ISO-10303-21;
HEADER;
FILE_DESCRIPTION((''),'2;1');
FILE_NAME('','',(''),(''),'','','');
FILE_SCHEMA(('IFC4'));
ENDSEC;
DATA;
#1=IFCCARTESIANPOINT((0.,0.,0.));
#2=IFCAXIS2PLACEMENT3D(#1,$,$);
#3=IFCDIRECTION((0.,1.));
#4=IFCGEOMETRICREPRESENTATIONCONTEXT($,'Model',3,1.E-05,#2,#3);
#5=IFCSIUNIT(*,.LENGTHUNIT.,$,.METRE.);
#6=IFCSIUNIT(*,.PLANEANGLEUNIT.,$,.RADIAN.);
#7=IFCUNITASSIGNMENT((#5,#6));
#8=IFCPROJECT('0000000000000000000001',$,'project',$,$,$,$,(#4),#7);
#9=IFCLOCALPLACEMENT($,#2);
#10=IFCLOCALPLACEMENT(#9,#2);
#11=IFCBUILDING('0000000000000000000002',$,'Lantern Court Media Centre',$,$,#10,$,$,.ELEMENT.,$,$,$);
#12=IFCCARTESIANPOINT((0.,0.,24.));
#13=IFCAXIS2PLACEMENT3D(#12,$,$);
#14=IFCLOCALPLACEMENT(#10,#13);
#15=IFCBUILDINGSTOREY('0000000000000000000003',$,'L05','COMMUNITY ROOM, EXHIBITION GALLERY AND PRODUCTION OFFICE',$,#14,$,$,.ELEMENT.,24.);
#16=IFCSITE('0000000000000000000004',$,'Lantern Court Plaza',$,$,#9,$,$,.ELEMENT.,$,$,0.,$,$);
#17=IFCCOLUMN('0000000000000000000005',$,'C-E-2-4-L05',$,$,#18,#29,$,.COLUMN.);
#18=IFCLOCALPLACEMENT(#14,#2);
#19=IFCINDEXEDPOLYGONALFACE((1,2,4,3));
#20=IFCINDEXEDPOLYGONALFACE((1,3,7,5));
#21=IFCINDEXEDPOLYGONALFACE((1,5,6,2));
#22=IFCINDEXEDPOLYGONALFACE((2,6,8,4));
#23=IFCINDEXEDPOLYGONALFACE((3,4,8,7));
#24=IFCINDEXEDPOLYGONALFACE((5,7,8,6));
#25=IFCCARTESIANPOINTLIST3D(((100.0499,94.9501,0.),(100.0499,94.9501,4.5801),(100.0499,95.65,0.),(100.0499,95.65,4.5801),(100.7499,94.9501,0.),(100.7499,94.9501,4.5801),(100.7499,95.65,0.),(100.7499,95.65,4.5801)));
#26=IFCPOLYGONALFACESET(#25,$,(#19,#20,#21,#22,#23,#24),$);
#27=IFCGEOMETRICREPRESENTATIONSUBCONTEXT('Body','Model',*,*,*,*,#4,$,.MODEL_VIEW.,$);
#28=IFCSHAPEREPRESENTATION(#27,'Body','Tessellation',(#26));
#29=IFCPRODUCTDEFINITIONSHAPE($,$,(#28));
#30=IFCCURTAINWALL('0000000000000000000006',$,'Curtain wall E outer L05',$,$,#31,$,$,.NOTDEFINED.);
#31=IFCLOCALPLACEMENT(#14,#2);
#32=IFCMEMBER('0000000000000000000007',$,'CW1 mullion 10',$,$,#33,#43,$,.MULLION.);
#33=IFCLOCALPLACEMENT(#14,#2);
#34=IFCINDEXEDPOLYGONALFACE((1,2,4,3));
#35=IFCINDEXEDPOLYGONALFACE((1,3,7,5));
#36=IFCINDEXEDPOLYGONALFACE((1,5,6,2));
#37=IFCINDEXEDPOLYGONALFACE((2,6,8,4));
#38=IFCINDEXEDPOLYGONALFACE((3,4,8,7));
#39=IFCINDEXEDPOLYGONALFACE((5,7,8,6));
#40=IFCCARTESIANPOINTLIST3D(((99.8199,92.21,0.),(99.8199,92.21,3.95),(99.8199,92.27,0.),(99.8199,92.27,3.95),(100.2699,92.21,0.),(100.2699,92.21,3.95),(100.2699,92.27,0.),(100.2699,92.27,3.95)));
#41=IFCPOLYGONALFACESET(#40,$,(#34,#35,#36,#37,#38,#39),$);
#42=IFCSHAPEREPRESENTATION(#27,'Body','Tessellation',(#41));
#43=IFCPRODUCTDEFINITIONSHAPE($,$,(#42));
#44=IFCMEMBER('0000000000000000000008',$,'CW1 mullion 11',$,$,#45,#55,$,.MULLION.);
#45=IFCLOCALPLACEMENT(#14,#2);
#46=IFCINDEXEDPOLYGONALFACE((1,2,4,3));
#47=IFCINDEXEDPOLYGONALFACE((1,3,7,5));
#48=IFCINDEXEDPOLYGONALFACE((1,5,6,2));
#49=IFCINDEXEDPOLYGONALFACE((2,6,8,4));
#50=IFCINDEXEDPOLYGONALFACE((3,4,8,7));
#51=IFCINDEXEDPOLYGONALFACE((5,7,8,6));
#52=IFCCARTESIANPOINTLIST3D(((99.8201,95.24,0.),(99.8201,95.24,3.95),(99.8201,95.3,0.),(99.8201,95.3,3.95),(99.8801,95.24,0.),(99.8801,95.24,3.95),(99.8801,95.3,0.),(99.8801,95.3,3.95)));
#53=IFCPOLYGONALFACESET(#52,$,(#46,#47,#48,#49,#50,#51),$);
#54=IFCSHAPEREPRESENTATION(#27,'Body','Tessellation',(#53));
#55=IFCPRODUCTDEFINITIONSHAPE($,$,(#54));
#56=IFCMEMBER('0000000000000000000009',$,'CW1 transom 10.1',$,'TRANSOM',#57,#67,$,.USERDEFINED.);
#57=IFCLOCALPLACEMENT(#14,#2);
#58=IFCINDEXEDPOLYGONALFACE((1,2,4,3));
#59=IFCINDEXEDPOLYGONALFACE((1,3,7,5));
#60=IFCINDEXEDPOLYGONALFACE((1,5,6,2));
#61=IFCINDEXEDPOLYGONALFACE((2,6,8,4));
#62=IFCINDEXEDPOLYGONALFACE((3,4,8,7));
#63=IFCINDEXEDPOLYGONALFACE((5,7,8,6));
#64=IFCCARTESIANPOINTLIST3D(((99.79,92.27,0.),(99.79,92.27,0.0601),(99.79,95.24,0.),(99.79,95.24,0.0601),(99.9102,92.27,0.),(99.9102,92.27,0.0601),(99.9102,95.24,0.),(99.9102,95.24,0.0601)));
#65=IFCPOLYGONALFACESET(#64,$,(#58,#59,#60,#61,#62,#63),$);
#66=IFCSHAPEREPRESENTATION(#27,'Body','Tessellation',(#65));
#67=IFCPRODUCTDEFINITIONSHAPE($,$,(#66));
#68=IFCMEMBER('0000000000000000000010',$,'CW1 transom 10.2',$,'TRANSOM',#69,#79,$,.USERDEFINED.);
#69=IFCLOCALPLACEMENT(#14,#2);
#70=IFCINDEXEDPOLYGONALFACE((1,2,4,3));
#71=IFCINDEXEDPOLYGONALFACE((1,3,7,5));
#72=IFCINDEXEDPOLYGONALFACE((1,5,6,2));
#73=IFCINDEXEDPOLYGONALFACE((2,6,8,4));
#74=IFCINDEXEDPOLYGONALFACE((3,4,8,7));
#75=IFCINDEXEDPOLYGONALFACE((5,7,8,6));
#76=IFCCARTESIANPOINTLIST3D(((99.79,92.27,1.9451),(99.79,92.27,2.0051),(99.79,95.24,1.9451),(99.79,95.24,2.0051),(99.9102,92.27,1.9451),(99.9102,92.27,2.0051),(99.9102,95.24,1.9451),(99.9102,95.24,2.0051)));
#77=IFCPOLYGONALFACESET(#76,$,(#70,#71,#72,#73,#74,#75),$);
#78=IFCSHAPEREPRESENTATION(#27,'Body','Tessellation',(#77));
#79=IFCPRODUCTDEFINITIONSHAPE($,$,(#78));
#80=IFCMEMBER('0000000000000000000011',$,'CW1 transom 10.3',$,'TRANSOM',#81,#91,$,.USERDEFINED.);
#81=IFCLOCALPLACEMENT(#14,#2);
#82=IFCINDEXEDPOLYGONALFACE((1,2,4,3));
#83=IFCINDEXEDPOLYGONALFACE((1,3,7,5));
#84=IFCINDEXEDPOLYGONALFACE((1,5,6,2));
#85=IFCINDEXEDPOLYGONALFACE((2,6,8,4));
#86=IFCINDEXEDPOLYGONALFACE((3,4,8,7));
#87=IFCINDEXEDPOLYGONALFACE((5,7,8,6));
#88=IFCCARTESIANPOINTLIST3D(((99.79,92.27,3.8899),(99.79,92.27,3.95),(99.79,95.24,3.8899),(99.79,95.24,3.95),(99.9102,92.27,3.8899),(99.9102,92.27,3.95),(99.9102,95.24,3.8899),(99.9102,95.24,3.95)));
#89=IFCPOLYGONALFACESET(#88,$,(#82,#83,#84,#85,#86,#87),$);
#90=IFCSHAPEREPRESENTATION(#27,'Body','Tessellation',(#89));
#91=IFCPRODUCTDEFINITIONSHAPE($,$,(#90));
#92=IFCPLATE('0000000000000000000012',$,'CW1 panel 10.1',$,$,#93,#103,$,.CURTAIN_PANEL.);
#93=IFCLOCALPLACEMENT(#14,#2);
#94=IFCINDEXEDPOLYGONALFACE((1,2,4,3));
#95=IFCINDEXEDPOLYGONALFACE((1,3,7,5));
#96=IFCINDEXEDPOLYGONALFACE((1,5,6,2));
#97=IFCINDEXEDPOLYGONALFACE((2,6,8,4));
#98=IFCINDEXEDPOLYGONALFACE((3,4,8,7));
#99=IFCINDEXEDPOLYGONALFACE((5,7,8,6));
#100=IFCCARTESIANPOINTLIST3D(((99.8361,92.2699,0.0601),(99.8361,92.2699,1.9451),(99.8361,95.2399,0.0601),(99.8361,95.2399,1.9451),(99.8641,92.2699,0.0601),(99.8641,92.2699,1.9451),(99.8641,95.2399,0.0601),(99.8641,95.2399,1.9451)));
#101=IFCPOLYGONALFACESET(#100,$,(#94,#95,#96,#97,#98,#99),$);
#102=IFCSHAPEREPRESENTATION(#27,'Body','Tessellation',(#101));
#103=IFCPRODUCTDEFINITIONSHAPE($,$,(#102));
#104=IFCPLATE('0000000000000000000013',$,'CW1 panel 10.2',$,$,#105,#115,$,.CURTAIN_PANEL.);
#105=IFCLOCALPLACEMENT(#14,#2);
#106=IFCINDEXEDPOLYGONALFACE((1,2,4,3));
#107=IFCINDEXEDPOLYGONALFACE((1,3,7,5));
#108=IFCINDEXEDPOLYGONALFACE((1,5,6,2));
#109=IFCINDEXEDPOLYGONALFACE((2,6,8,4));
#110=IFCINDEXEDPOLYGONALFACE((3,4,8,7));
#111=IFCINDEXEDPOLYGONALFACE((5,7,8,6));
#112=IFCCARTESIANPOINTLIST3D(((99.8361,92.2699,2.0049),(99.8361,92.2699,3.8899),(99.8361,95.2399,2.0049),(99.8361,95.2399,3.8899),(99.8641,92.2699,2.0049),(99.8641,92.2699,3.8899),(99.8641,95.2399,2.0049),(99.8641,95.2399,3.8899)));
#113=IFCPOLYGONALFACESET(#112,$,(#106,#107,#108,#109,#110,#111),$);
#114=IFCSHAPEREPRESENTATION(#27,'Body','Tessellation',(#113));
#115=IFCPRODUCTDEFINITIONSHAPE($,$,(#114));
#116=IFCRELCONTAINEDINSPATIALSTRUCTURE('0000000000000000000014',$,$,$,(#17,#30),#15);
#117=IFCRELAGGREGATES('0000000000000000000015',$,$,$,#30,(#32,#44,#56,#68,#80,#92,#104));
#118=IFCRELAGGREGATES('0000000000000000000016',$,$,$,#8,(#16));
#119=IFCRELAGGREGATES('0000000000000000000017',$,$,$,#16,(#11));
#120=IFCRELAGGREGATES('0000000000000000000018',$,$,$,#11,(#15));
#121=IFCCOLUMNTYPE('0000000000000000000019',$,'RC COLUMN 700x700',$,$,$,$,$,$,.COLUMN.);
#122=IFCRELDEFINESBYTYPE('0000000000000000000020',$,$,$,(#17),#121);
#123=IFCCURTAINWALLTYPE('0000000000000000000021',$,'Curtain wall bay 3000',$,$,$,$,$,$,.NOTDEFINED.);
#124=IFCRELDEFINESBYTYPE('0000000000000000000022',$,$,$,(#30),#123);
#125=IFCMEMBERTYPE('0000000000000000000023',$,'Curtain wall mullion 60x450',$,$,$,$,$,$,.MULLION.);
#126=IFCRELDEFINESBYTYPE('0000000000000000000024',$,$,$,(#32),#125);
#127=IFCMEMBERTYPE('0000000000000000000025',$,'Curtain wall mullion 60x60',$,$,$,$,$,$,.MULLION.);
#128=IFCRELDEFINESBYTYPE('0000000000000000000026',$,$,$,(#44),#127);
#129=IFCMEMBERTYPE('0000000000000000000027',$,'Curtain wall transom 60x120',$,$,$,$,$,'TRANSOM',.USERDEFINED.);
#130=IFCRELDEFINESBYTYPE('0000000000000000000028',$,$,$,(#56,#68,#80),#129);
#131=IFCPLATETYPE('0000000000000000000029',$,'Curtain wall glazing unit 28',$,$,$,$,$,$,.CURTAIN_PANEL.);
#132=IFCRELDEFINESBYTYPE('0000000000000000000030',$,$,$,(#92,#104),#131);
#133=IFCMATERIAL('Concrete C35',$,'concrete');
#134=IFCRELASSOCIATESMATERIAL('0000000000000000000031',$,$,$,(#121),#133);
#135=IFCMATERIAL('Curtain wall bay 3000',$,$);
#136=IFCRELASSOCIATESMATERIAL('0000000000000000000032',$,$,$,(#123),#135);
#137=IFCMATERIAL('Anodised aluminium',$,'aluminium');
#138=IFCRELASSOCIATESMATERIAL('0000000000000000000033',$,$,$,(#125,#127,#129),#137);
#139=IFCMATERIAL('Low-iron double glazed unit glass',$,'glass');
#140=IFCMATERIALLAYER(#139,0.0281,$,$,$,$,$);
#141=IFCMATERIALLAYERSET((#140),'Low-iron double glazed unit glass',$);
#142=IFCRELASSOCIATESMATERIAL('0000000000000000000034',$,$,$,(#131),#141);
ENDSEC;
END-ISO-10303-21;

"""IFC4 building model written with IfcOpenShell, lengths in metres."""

from ifc_helpers import new_model, si_unit, direction, frame, origin, origin_2d, place, context, subcontext, project, spatial, rectangle, extrude, material, layer, layer_set, material_profile, profile_set, type_object, element, aggregate, save


model = new_model("IFC4")

# Units and contexts
model_context = context("Model", 3, precision=1e-05, world=origin(), true_north=direction((0.0, 1.0)))
body_context = subcontext(model_context, "Body", "Model", "MODEL_VIEW")
ifc_project = project(units=[si_unit("LENGTHUNIT", "METRE"), si_unit("PLANEANGLEUNIT", "RADIAN")], contexts=[model_context])

# Site, building, storey
site_placement = place(None, origin())
site = spatial("IfcSite", under=ifc_project, at=site_placement, Name="Lantern Court Plaza", CompositionType="ELEMENT", RefElevation=0.0)
building_placement = place(site_placement, origin())
building = spatial("IfcBuilding", under=site, at=building_placement, Name="Lantern Court Media Centre", CompositionType="ELEMENT")
storey_placement = place(building_placement, frame((0.0, 0.0, 24.0)))
storey = spatial("IfcBuildingStorey", under=building, at=storey_placement, Name="L05", Description="COMMUNITY ROOM, EXHIBITION GALLERY AND PRODUCTION OFFICE", CompositionType="ELEMENT", Elevation=24.0)

# Column
ifc_material_1 = material(Name="Concrete C35", Category="concrete")
ifc_material_profile_1 = material_profile(ifc_material_1, rectangle(XDim=0.7, YDim=0.7, at=origin_2d()), Name="RC 700x700")
ifc_profile_set_1 = profile_set([ifc_material_profile_1], Name="Concrete C35")
column_type = type_object("IfcColumnType", Name="RC COLUMN 700x700", PredefinedType="COLUMN", material=ifc_profile_set_1)
column_placement = place(storey_placement, frame((100.3999, 95.3, 0.0), z_axis=(0.0, 0.0, 1.0), x_axis=(1.0, 0.0, 0.0)))
element("IfcColumn", 1, at=column_placement, inside=storey, type_object=column_type, Name="C-E-2-4-L05", PredefinedType="COLUMN", context=body_context, shape_type="SweptSolid", body=[
    extrude(rectangle(XDim=0.7, YDim=0.7, at=origin_2d()), origin(), (0.0, 0.0, 1.0), 4.5801),
])

# Curtain wall, members, plates
ifc_material_2 = material(Name="Curtain wall bay 3000")
curtain_wall_type = type_object("IfcCurtainWallType", Name="Curtain wall bay 3000", PredefinedType="NOTDEFINED", material=ifc_material_2)
curtain_wall_placement = place(storey_placement, origin())
curtain_wall = element("IfcCurtainWall", 2, at=curtain_wall_placement, inside=storey, type_object=curtain_wall_type, Name="Curtain wall E outer L05", PredefinedType="NOTDEFINED")
ifc_material_3 = material(Name="Anodised aluminium", Category="aluminium")
ifc_material_profile_2 = material_profile(ifc_material_3, rectangle(XDim=0.45, YDim=0.0601, at=origin_2d()), Name="AL 60x450")
ifc_profile_set_2 = profile_set([ifc_material_profile_2], Name="Anodised aluminium")
member_type_1 = type_object("IfcMemberType", Name="Curtain wall mullion 60x450", PredefinedType="MULLION", material=ifc_profile_set_2)
member_1_placement = place(storey_placement, frame((100.0449, 92.24, 0.0), z_axis=(0.0, 0.0, 1.0), x_axis=(-1.0, 0.0, 0.0)))
member_1 = element("IfcMember", 3, at=member_1_placement, type_object=member_type_1, Name="CW1 mullion 10", PredefinedType="MULLION", context=body_context, shape_type="SweptSolid", body=[
    extrude(rectangle(XDim=0.45, YDim=0.0601, at=origin_2d()), origin(), (0.0, 0.0, 1.0), 3.95),
])
ifc_material_profile_3 = material_profile(ifc_material_3, rectangle(XDim=0.0601, YDim=0.0601, at=origin_2d()), Name="AL 60x60")
ifc_profile_set_3 = profile_set([ifc_material_profile_3], Name="Anodised aluminium")
member_type_2 = type_object("IfcMemberType", Name="Curtain wall mullion 60x60", PredefinedType="MULLION", material=ifc_profile_set_3)
member_2_placement = place(storey_placement, frame((99.8501, 95.27, 0.0), z_axis=(0.0, 0.0, 1.0), x_axis=(-1.0, 0.0, 0.0)))
member_2 = element("IfcMember", 4, at=member_2_placement, type_object=member_type_2, Name="CW1 mullion 11", PredefinedType="MULLION", context=body_context, shape_type="SweptSolid", body=[
    extrude(rectangle(XDim=0.0601, YDim=0.0601, at=origin_2d()), origin(), (0.0, 0.0, 1.0), 3.95),
])
ifc_material_profile_4 = material_profile(ifc_material_3, rectangle(XDim=0.1201, YDim=0.0601, at=origin_2d()), Name="AL 60x120")
ifc_profile_set_4 = profile_set([ifc_material_profile_4], Name="Anodised aluminium")
member_type_3 = type_object("IfcMemberType", Name="Curtain wall transom 60x120", ElementType="TRANSOM", PredefinedType="USERDEFINED", material=ifc_profile_set_4)
member_3_placement = place(storey_placement, frame((99.8501, 92.27, 0.03), z_axis=(0.0, 1.0, 0.0), x_axis=(-1.0, 0.0, 0.0)))
member_3 = element("IfcMember", 5, at=member_3_placement, type_object=member_type_3, Name="CW1 transom 10.1", ObjectType="TRANSOM", PredefinedType="USERDEFINED", context=body_context, shape_type="SweptSolid", body=[
    extrude(rectangle(XDim=0.1201, YDim=0.0601, at=origin_2d()), origin(), (0.0, 0.0, 1.0), 2.97),
])
member_4_placement = place(storey_placement, frame((99.8501, 92.27, 1.9751), z_axis=(0.0, 1.0, 0.0), x_axis=(-1.0, 0.0, 0.0)))
member_4 = element("IfcMember", 6, at=member_4_placement, type_object=member_type_3, Name="CW1 transom 10.2", ObjectType="TRANSOM", PredefinedType="USERDEFINED", context=body_context, shape_type="SweptSolid", body=[
    extrude(rectangle(XDim=0.1201, YDim=0.0601, at=origin_2d()), origin(), (0.0, 0.0, 1.0), 2.97),
])
member_5_placement = place(storey_placement, frame((99.8501, 92.27, 3.9199), z_axis=(0.0, 1.0, 0.0), x_axis=(-1.0, 0.0, 0.0)))
member_5 = element("IfcMember", 7, at=member_5_placement, type_object=member_type_3, Name="CW1 transom 10.3", ObjectType="TRANSOM", PredefinedType="USERDEFINED", context=body_context, shape_type="SweptSolid", body=[
    extrude(rectangle(XDim=0.1201, YDim=0.0601, at=origin_2d()), origin(), (0.0, 0.0, 1.0), 2.97),
])
ifc_material_4 = material(Name="Low-iron double glazed unit glass", Category="glass")
ifc_layer_1 = layer(ifc_material_4, 0.0281)
ifc_layer_set_1 = layer_set([ifc_layer_1], Name="Low-iron double glazed unit glass")
plate_type = type_object("IfcPlateType", Name="Curtain wall glazing unit 28", PredefinedType="CURTAIN_PANEL", material=ifc_layer_set_1)
plate_1_placement = place(storey_placement, frame((99.8501, 93.7549, 0.0601), z_axis=(0.0, 0.0, 1.0), x_axis=(0.0, 1.0, 0.0)))
plate_1 = element("IfcPlate", 8, at=plate_1_placement, type_object=plate_type, Name="CW1 panel 10.1", PredefinedType="CURTAIN_PANEL", context=body_context, shape_type="SweptSolid", body=[
    extrude(rectangle(XDim=2.97, YDim=0.0281, at=origin_2d()), origin(), (0.0, 0.0, 1.0), 1.885),
])
plate_2_placement = place(storey_placement, frame((99.8501, 93.7549, 2.0049), z_axis=(0.0, 0.0, 1.0), x_axis=(0.0, 1.0, 0.0)))
plate_2 = element("IfcPlate", 9, at=plate_2_placement, type_object=plate_type, Name="CW1 panel 10.2", PredefinedType="CURTAIN_PANEL", context=body_context, shape_type="SweptSolid", body=[
    extrude(rectangle(XDim=2.97, YDim=0.0281, at=origin_2d()), origin(), (0.0, 0.0, 1.0), 1.885),
])
aggregate(curtain_wall, [member_1, member_2, member_3, member_4, member_5, plate_1, plate_2])

save(model, "model.ifc")
